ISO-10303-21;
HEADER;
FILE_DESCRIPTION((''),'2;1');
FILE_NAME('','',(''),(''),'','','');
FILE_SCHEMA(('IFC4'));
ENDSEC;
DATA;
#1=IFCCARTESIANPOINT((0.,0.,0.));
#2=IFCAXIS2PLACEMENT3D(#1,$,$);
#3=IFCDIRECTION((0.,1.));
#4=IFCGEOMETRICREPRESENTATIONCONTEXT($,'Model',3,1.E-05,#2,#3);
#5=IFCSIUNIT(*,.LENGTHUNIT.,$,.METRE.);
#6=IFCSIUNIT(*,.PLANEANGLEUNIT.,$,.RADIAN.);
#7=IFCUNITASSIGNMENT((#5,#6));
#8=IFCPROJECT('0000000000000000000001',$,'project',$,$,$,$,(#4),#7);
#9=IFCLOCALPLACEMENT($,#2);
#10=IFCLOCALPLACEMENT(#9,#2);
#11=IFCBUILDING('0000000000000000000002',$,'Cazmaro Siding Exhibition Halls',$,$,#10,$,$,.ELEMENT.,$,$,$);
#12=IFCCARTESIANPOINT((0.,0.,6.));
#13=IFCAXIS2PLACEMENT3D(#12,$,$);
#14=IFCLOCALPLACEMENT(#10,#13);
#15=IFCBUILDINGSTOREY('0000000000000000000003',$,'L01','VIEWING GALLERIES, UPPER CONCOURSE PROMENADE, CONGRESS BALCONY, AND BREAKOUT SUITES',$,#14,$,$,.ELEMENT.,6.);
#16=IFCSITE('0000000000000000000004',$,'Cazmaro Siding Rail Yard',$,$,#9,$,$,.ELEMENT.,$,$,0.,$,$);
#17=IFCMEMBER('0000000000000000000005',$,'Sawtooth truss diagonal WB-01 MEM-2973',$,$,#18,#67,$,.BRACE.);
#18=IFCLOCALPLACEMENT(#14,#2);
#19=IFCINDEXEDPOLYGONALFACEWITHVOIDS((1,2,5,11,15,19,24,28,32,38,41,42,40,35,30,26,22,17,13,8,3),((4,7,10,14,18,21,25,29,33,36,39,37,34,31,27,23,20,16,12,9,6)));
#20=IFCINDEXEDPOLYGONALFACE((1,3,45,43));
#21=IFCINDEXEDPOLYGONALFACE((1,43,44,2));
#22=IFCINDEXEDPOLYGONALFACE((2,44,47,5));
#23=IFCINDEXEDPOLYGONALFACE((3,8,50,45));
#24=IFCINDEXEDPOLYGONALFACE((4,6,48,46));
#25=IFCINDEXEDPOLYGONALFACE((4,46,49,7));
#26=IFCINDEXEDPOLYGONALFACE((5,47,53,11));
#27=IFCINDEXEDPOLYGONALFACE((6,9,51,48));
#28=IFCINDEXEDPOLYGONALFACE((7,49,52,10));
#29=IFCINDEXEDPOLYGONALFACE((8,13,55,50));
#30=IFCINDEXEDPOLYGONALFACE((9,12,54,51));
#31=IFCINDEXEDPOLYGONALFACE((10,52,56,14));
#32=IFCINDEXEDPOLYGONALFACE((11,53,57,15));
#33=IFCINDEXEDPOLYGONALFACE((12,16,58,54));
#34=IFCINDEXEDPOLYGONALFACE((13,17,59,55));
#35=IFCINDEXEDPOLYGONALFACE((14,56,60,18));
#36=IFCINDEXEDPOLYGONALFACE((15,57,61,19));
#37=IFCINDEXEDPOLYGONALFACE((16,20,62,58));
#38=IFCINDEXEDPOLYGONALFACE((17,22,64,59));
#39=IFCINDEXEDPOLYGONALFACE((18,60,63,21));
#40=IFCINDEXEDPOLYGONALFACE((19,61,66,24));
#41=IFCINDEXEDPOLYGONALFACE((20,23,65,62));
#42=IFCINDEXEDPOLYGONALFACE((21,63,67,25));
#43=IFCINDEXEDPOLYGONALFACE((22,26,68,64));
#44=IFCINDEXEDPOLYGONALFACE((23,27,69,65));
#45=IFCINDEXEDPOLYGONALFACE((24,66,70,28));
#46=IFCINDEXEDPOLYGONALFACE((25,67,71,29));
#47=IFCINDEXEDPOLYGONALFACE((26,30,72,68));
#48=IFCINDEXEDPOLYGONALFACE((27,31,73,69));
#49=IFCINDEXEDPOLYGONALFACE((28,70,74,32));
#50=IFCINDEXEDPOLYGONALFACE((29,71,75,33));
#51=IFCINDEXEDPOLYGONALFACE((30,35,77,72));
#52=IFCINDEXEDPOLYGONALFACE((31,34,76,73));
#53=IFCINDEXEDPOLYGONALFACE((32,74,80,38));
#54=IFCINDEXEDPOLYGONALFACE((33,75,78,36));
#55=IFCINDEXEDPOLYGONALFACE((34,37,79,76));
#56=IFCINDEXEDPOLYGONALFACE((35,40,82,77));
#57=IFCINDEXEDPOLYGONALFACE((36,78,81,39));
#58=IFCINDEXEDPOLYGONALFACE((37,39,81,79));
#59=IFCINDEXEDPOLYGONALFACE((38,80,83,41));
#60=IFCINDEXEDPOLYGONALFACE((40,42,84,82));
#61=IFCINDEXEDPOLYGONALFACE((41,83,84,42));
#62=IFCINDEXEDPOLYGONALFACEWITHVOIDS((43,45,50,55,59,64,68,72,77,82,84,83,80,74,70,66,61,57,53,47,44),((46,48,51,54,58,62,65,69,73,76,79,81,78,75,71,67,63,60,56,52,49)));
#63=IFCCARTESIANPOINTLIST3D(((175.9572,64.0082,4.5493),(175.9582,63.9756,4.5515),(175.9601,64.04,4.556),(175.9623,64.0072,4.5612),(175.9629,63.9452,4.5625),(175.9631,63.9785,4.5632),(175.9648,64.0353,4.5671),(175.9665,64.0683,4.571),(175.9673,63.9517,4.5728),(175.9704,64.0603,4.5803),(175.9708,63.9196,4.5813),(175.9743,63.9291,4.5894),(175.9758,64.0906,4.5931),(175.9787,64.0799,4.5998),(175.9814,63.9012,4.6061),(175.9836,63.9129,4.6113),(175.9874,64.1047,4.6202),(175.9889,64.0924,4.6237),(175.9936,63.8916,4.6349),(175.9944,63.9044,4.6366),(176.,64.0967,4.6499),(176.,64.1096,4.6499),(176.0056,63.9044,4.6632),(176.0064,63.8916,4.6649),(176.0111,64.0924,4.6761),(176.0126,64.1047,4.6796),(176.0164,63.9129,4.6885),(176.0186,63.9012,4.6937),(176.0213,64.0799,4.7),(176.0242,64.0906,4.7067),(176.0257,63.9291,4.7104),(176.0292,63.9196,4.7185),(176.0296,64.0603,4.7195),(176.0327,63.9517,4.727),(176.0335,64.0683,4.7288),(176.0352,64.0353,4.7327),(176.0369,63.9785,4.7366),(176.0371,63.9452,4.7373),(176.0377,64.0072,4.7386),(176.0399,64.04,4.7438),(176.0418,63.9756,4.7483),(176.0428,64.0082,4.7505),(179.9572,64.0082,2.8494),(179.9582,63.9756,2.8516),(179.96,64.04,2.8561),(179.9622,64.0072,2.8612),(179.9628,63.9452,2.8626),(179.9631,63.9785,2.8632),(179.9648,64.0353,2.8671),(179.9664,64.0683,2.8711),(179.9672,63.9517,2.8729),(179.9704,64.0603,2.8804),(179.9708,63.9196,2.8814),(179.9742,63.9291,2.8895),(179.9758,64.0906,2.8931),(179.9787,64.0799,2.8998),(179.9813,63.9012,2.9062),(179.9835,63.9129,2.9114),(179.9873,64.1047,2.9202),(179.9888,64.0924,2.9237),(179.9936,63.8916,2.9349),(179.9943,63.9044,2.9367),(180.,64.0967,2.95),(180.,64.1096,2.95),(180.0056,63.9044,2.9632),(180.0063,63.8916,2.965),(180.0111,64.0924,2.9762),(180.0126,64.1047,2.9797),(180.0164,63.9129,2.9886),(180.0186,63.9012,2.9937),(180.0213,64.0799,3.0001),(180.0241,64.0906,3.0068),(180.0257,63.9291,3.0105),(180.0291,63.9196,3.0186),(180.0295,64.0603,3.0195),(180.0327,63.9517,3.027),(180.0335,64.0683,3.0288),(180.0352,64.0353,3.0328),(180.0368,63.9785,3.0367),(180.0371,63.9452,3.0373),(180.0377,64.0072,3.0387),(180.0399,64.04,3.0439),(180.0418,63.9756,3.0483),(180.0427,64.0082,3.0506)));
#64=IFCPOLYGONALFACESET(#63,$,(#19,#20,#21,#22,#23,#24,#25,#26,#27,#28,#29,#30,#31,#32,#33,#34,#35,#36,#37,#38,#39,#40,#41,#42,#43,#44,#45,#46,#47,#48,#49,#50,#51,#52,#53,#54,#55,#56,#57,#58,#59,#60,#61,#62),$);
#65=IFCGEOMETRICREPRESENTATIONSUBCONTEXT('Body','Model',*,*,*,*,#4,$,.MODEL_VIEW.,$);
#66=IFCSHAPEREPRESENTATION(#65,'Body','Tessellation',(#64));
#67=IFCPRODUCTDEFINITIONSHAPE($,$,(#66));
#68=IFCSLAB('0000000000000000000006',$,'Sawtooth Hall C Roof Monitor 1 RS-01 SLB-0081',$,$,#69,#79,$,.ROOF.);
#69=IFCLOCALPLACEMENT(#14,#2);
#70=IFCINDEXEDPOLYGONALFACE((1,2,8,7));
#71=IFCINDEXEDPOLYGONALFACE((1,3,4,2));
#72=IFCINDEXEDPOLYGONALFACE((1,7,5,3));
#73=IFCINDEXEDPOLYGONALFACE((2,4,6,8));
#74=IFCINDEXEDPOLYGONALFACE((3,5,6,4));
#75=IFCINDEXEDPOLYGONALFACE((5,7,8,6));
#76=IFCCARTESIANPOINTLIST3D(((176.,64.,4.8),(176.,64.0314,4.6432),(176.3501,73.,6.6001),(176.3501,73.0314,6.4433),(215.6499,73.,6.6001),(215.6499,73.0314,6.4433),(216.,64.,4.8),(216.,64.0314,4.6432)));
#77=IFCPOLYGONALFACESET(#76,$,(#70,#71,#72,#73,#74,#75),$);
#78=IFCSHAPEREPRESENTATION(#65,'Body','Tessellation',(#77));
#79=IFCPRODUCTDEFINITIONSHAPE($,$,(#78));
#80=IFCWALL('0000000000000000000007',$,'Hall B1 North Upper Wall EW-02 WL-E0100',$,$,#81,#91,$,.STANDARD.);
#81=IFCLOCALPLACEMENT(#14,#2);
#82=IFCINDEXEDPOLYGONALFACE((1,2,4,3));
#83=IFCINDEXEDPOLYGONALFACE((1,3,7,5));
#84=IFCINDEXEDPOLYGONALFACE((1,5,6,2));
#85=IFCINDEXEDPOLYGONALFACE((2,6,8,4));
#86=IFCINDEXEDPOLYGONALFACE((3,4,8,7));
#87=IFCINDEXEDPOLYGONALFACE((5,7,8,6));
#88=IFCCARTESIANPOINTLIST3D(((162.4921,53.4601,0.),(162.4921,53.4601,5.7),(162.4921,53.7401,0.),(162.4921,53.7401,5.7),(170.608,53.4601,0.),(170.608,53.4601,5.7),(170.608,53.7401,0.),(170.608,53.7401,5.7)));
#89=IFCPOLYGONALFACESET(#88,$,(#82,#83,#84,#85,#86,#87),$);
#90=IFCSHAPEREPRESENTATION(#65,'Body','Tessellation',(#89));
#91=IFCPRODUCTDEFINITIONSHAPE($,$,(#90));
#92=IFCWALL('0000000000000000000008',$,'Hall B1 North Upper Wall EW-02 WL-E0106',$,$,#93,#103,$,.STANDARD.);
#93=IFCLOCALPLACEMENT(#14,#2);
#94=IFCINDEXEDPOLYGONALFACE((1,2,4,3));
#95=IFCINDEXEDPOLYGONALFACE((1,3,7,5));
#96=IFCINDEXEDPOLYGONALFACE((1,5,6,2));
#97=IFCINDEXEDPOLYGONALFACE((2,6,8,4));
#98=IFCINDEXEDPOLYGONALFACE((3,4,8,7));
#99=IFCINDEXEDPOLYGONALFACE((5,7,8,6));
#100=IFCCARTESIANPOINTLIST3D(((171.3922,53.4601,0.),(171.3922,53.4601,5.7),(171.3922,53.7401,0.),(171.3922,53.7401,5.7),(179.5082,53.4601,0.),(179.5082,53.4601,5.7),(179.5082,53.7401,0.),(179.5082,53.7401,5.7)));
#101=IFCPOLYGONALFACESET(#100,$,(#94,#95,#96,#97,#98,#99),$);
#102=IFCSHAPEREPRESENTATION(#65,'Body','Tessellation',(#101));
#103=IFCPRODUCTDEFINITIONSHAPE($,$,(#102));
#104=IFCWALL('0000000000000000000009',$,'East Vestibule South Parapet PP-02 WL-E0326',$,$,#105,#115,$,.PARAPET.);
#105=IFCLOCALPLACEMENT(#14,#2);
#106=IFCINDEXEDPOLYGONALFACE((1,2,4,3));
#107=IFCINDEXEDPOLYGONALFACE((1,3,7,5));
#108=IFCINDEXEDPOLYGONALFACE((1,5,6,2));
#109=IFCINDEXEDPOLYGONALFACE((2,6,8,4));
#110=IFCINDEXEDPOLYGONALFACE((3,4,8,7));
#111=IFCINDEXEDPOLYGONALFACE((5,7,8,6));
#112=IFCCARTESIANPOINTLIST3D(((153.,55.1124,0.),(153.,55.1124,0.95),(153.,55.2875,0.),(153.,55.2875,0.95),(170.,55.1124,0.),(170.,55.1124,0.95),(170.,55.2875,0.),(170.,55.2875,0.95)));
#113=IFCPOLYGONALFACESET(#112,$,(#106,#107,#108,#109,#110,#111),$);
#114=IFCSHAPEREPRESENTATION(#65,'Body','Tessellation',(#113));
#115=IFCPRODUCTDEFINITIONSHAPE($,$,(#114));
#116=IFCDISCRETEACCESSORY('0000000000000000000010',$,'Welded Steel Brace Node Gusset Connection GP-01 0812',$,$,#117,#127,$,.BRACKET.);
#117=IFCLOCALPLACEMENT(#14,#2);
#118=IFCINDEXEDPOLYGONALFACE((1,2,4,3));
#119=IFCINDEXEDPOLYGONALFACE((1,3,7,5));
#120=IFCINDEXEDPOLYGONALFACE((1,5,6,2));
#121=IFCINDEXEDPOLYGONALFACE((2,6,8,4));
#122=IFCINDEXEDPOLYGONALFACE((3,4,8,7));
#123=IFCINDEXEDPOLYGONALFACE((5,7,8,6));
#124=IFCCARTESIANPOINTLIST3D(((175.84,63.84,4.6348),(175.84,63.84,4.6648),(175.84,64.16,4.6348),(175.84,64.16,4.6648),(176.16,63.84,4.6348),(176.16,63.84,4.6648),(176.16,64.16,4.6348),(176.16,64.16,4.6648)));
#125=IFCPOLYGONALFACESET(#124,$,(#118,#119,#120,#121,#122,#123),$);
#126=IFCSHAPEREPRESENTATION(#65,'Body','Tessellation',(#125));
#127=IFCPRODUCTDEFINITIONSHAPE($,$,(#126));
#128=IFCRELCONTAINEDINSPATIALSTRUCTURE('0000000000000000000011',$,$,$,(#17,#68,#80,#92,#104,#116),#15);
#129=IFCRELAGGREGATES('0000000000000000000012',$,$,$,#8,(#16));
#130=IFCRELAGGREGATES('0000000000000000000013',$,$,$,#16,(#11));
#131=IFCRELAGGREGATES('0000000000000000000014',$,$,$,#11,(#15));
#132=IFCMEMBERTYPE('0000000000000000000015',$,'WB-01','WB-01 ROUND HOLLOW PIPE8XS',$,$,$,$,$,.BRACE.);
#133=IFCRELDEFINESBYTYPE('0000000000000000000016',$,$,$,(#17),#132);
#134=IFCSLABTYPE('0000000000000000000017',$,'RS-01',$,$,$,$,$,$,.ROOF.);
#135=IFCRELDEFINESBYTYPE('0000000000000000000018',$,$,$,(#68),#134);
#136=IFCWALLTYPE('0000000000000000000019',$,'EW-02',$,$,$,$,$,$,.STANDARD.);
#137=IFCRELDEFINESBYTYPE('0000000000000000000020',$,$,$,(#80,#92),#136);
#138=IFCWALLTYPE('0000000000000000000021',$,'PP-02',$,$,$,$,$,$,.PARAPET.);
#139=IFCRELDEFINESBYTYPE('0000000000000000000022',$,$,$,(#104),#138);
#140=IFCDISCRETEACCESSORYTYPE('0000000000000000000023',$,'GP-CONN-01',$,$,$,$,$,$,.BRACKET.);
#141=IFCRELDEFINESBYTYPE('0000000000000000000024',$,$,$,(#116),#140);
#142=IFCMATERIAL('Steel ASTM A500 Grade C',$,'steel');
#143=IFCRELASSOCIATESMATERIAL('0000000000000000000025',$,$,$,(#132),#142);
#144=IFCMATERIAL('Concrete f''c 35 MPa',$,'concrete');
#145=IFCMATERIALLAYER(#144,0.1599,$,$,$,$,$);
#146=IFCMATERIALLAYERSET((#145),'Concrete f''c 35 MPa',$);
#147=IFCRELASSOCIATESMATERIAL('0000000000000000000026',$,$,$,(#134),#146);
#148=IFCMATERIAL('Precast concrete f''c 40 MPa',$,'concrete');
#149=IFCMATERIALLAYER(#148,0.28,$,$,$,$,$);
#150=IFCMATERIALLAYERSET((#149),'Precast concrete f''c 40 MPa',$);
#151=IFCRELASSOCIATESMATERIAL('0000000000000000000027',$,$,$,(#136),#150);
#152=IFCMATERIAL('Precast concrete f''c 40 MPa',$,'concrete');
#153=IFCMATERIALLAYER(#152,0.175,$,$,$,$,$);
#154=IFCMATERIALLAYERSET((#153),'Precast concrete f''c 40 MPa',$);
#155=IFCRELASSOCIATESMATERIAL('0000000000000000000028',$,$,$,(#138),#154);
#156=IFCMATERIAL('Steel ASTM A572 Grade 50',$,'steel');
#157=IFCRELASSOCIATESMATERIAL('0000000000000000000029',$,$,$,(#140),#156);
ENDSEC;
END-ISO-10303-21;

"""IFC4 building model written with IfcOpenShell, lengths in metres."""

from ifc_helpers import new_model, si_unit, direction, frame, frame_2d, origin, origin_2d, place, context, subcontext, project, spatial, polyline, rectangle, hollow_circle, outline, extrude, material, layer, layer_set, material_profile, profile_set, type_object, element, save


model = new_model("IFC4")

# Units and contexts
model_context = context("Model", 3, precision=1e-05, world=origin(), true_north=direction((0.0, 1.0)))
body_context = subcontext(model_context, "Body", "Model", "MODEL_VIEW")
ifc_project = project(units=[si_unit("LENGTHUNIT", "METRE"), si_unit("PLANEANGLEUNIT", "RADIAN")], contexts=[model_context])

# Site, building, storey
site_placement = place(None, origin())
site = spatial("IfcSite", under=ifc_project, at=site_placement, Name="Cazmaro Siding Rail Yard", CompositionType="ELEMENT", RefElevation=0.0)
building_placement = place(site_placement, origin())
building = spatial("IfcBuilding", under=site, at=building_placement, Name="Cazmaro Siding Exhibition Halls", CompositionType="ELEMENT")
storey_placement = place(building_placement, frame((0.0, 0.0, 6.0)))
storey = spatial("IfcBuildingStorey", under=building, at=storey_placement, Name="L01", Description="VIEWING GALLERIES, UPPER CONCOURSE PROMENADE, CONGRESS BALCONY, AND BREAKOUT SUITES", CompositionType="ELEMENT", Elevation=6.0)

# Member
ifc_material_1 = material(Name="Steel ASTM A500 Grade C", Category="steel")
ifc_material_profile_1 = material_profile(ifc_material_1, hollow_circle(Radius=0.1096, WallThickness=0.0129, at=origin_2d()), Name="PIPE8XS")
ifc_profile_set_1 = profile_set([ifc_material_profile_1], Name="Steel ASTM A500 Grade C")
member_type_1 = type_object("IfcMemberType", Name="WB-01", Description="WB-01 ROUND HOLLOW PIPE8XS", PredefinedType="BRACE", material=ifc_profile_set_1)
member_1_placement = place(storey_placement, frame((176.0, 64.0, 4.6499), z_axis=(0.920335, 0.0, -0.391131), x_axis=(0.0, 1.0, 0.0)))
element("IfcMember", 1, at=member_1_placement, inside=storey, type_object=member_type_1, Name="Sawtooth truss diagonal WB-01 MEM-2973", PredefinedType="BRACE", context=body_context, shape_type="SweptSolid", body=[
    extrude(hollow_circle(Radius=0.1096, WallThickness=0.0129, at=origin_2d()), origin(), (0.0, 0.0, 1.0), 4.3462),
])

# Slab
ifc_material_2 = material(Name="Concrete f'c 35 MPa", Category="concrete")
ifc_layer_1 = layer(ifc_material_2, 0.1599)
ifc_layer_set_1 = layer_set([ifc_layer_1], Name="Concrete f'c 35 MPa")
slab_type = type_object("IfcSlabType", Name="RS-01", PredefinedType="ROOF", material=ifc_layer_set_1)
slab_placement = place(storey_placement, frame((176.0, 64.0, 4.8), z_axis=(0.0, -0.196121, 0.98058), x_axis=(1.0, 0.0, 0.0)))
element("IfcSlab", 2, at=slab_placement, inside=storey, type_object=slab_type, Name="Sawtooth Hall C Roof Monitor 1 RS-01 SLB-0081", PredefinedType="ROOF", context=body_context, shape_type="SweptSolid", body=[
    extrude(outline(polyline([(0.0, 0.0), (40.0, 0.0), (39.6499, 9.1782), (0.3501, 9.1782), (0.0, 0.0)])), origin(), (0.0, 0.0, -1.0), 0.1599),
])

# Walls
ifc_material_3 = material(Name="Precast concrete f'c 40 MPa", Category="concrete")
ifc_layer_2 = layer(ifc_material_3, 0.28)
ifc_layer_set_2 = layer_set([ifc_layer_2], Name="Precast concrete f'c 40 MPa")
wall_type_1 = type_object("IfcWallType", Name="EW-02", PredefinedType="STANDARD", material=ifc_layer_set_2)
for number, where, z_axis, x_axis, name in (
    (3, (162.4919, 53.6001, 0.0), (0.0, 0.0, 1.0), (1.0, 0.0, 0.0), "Hall B1 North Upper Wall EW-02 WL-E0100"),
    (4, (171.3921, 53.6001, 0.0), (0.0, 0.0, 1.0), (1.0, 0.0, 0.0), "Hall B1 North Upper Wall EW-02 WL-E0106"),
):
    element("IfcWall", number, at=place(storey_placement, frame(where, z_axis=z_axis, x_axis=x_axis)), inside=storey, type_object=wall_type_1, Name=name, PredefinedType="STANDARD", context=body_context, shape_type="SweptSolid", body=[
        extrude(rectangle(XDim=8.116, YDim=0.28, at=frame_2d((4.0581, 0.0))), origin(), (0.0, 0.0, 1.0), 5.7),
    ])
ifc_material_4 = material(Name="Precast concrete f'c 40 MPa", Category="concrete")
ifc_layer_3 = layer(ifc_material_4, 0.175)
ifc_layer_set_3 = layer_set([ifc_layer_3], Name="Precast concrete f'c 40 MPa")
wall_type_2 = type_object("IfcWallType", Name="PP-02", PredefinedType="PARAPET", material=ifc_layer_set_3)
wall_placement = place(storey_placement, frame((170.0, 55.2, 0.0), z_axis=(0.0, 0.0, 1.0), x_axis=(-1.0, 0.0, 0.0)))
element("IfcWall", 5, at=wall_placement, inside=storey, type_object=wall_type_2, Name="East Vestibule South Parapet PP-02 WL-E0326", PredefinedType="PARAPET", context=body_context, shape_type="SweptSolid", body=[
    extrude(rectangle(XDim=17.0, YDim=0.175, at=frame_2d((8.5, 0.0))), origin(), (0.0, 0.0, 1.0), 0.95),
])

# Discrete accessory
ifc_material_5 = material(Name="Steel ASTM A572 Grade 50", Category="steel")
discrete_accessory_type = type_object("IfcDiscreteAccessoryType", Name="GP-CONN-01", PredefinedType="BRACKET", material=ifc_material_5)
discrete_accessory_placement = place(storey_placement, frame((176.0, 64.0, 4.6348), z_axis=(0.0, 0.0, 1.0), x_axis=(1.0, 0.0, 0.0)))
element("IfcDiscreteAccessory", 6, at=discrete_accessory_placement, inside=storey, type_object=discrete_accessory_type, Name="Welded Steel Brace Node Gusset Connection GP-01 0812", PredefinedType="BRACKET", context=body_context, shape_type="SweptSolid", body=[
    extrude(rectangle(XDim=0.3201, YDim=0.3201, at=origin_2d()), origin(), (0.0, 0.0, 1.0), 0.03),
])

save(model, "model.ifc")
